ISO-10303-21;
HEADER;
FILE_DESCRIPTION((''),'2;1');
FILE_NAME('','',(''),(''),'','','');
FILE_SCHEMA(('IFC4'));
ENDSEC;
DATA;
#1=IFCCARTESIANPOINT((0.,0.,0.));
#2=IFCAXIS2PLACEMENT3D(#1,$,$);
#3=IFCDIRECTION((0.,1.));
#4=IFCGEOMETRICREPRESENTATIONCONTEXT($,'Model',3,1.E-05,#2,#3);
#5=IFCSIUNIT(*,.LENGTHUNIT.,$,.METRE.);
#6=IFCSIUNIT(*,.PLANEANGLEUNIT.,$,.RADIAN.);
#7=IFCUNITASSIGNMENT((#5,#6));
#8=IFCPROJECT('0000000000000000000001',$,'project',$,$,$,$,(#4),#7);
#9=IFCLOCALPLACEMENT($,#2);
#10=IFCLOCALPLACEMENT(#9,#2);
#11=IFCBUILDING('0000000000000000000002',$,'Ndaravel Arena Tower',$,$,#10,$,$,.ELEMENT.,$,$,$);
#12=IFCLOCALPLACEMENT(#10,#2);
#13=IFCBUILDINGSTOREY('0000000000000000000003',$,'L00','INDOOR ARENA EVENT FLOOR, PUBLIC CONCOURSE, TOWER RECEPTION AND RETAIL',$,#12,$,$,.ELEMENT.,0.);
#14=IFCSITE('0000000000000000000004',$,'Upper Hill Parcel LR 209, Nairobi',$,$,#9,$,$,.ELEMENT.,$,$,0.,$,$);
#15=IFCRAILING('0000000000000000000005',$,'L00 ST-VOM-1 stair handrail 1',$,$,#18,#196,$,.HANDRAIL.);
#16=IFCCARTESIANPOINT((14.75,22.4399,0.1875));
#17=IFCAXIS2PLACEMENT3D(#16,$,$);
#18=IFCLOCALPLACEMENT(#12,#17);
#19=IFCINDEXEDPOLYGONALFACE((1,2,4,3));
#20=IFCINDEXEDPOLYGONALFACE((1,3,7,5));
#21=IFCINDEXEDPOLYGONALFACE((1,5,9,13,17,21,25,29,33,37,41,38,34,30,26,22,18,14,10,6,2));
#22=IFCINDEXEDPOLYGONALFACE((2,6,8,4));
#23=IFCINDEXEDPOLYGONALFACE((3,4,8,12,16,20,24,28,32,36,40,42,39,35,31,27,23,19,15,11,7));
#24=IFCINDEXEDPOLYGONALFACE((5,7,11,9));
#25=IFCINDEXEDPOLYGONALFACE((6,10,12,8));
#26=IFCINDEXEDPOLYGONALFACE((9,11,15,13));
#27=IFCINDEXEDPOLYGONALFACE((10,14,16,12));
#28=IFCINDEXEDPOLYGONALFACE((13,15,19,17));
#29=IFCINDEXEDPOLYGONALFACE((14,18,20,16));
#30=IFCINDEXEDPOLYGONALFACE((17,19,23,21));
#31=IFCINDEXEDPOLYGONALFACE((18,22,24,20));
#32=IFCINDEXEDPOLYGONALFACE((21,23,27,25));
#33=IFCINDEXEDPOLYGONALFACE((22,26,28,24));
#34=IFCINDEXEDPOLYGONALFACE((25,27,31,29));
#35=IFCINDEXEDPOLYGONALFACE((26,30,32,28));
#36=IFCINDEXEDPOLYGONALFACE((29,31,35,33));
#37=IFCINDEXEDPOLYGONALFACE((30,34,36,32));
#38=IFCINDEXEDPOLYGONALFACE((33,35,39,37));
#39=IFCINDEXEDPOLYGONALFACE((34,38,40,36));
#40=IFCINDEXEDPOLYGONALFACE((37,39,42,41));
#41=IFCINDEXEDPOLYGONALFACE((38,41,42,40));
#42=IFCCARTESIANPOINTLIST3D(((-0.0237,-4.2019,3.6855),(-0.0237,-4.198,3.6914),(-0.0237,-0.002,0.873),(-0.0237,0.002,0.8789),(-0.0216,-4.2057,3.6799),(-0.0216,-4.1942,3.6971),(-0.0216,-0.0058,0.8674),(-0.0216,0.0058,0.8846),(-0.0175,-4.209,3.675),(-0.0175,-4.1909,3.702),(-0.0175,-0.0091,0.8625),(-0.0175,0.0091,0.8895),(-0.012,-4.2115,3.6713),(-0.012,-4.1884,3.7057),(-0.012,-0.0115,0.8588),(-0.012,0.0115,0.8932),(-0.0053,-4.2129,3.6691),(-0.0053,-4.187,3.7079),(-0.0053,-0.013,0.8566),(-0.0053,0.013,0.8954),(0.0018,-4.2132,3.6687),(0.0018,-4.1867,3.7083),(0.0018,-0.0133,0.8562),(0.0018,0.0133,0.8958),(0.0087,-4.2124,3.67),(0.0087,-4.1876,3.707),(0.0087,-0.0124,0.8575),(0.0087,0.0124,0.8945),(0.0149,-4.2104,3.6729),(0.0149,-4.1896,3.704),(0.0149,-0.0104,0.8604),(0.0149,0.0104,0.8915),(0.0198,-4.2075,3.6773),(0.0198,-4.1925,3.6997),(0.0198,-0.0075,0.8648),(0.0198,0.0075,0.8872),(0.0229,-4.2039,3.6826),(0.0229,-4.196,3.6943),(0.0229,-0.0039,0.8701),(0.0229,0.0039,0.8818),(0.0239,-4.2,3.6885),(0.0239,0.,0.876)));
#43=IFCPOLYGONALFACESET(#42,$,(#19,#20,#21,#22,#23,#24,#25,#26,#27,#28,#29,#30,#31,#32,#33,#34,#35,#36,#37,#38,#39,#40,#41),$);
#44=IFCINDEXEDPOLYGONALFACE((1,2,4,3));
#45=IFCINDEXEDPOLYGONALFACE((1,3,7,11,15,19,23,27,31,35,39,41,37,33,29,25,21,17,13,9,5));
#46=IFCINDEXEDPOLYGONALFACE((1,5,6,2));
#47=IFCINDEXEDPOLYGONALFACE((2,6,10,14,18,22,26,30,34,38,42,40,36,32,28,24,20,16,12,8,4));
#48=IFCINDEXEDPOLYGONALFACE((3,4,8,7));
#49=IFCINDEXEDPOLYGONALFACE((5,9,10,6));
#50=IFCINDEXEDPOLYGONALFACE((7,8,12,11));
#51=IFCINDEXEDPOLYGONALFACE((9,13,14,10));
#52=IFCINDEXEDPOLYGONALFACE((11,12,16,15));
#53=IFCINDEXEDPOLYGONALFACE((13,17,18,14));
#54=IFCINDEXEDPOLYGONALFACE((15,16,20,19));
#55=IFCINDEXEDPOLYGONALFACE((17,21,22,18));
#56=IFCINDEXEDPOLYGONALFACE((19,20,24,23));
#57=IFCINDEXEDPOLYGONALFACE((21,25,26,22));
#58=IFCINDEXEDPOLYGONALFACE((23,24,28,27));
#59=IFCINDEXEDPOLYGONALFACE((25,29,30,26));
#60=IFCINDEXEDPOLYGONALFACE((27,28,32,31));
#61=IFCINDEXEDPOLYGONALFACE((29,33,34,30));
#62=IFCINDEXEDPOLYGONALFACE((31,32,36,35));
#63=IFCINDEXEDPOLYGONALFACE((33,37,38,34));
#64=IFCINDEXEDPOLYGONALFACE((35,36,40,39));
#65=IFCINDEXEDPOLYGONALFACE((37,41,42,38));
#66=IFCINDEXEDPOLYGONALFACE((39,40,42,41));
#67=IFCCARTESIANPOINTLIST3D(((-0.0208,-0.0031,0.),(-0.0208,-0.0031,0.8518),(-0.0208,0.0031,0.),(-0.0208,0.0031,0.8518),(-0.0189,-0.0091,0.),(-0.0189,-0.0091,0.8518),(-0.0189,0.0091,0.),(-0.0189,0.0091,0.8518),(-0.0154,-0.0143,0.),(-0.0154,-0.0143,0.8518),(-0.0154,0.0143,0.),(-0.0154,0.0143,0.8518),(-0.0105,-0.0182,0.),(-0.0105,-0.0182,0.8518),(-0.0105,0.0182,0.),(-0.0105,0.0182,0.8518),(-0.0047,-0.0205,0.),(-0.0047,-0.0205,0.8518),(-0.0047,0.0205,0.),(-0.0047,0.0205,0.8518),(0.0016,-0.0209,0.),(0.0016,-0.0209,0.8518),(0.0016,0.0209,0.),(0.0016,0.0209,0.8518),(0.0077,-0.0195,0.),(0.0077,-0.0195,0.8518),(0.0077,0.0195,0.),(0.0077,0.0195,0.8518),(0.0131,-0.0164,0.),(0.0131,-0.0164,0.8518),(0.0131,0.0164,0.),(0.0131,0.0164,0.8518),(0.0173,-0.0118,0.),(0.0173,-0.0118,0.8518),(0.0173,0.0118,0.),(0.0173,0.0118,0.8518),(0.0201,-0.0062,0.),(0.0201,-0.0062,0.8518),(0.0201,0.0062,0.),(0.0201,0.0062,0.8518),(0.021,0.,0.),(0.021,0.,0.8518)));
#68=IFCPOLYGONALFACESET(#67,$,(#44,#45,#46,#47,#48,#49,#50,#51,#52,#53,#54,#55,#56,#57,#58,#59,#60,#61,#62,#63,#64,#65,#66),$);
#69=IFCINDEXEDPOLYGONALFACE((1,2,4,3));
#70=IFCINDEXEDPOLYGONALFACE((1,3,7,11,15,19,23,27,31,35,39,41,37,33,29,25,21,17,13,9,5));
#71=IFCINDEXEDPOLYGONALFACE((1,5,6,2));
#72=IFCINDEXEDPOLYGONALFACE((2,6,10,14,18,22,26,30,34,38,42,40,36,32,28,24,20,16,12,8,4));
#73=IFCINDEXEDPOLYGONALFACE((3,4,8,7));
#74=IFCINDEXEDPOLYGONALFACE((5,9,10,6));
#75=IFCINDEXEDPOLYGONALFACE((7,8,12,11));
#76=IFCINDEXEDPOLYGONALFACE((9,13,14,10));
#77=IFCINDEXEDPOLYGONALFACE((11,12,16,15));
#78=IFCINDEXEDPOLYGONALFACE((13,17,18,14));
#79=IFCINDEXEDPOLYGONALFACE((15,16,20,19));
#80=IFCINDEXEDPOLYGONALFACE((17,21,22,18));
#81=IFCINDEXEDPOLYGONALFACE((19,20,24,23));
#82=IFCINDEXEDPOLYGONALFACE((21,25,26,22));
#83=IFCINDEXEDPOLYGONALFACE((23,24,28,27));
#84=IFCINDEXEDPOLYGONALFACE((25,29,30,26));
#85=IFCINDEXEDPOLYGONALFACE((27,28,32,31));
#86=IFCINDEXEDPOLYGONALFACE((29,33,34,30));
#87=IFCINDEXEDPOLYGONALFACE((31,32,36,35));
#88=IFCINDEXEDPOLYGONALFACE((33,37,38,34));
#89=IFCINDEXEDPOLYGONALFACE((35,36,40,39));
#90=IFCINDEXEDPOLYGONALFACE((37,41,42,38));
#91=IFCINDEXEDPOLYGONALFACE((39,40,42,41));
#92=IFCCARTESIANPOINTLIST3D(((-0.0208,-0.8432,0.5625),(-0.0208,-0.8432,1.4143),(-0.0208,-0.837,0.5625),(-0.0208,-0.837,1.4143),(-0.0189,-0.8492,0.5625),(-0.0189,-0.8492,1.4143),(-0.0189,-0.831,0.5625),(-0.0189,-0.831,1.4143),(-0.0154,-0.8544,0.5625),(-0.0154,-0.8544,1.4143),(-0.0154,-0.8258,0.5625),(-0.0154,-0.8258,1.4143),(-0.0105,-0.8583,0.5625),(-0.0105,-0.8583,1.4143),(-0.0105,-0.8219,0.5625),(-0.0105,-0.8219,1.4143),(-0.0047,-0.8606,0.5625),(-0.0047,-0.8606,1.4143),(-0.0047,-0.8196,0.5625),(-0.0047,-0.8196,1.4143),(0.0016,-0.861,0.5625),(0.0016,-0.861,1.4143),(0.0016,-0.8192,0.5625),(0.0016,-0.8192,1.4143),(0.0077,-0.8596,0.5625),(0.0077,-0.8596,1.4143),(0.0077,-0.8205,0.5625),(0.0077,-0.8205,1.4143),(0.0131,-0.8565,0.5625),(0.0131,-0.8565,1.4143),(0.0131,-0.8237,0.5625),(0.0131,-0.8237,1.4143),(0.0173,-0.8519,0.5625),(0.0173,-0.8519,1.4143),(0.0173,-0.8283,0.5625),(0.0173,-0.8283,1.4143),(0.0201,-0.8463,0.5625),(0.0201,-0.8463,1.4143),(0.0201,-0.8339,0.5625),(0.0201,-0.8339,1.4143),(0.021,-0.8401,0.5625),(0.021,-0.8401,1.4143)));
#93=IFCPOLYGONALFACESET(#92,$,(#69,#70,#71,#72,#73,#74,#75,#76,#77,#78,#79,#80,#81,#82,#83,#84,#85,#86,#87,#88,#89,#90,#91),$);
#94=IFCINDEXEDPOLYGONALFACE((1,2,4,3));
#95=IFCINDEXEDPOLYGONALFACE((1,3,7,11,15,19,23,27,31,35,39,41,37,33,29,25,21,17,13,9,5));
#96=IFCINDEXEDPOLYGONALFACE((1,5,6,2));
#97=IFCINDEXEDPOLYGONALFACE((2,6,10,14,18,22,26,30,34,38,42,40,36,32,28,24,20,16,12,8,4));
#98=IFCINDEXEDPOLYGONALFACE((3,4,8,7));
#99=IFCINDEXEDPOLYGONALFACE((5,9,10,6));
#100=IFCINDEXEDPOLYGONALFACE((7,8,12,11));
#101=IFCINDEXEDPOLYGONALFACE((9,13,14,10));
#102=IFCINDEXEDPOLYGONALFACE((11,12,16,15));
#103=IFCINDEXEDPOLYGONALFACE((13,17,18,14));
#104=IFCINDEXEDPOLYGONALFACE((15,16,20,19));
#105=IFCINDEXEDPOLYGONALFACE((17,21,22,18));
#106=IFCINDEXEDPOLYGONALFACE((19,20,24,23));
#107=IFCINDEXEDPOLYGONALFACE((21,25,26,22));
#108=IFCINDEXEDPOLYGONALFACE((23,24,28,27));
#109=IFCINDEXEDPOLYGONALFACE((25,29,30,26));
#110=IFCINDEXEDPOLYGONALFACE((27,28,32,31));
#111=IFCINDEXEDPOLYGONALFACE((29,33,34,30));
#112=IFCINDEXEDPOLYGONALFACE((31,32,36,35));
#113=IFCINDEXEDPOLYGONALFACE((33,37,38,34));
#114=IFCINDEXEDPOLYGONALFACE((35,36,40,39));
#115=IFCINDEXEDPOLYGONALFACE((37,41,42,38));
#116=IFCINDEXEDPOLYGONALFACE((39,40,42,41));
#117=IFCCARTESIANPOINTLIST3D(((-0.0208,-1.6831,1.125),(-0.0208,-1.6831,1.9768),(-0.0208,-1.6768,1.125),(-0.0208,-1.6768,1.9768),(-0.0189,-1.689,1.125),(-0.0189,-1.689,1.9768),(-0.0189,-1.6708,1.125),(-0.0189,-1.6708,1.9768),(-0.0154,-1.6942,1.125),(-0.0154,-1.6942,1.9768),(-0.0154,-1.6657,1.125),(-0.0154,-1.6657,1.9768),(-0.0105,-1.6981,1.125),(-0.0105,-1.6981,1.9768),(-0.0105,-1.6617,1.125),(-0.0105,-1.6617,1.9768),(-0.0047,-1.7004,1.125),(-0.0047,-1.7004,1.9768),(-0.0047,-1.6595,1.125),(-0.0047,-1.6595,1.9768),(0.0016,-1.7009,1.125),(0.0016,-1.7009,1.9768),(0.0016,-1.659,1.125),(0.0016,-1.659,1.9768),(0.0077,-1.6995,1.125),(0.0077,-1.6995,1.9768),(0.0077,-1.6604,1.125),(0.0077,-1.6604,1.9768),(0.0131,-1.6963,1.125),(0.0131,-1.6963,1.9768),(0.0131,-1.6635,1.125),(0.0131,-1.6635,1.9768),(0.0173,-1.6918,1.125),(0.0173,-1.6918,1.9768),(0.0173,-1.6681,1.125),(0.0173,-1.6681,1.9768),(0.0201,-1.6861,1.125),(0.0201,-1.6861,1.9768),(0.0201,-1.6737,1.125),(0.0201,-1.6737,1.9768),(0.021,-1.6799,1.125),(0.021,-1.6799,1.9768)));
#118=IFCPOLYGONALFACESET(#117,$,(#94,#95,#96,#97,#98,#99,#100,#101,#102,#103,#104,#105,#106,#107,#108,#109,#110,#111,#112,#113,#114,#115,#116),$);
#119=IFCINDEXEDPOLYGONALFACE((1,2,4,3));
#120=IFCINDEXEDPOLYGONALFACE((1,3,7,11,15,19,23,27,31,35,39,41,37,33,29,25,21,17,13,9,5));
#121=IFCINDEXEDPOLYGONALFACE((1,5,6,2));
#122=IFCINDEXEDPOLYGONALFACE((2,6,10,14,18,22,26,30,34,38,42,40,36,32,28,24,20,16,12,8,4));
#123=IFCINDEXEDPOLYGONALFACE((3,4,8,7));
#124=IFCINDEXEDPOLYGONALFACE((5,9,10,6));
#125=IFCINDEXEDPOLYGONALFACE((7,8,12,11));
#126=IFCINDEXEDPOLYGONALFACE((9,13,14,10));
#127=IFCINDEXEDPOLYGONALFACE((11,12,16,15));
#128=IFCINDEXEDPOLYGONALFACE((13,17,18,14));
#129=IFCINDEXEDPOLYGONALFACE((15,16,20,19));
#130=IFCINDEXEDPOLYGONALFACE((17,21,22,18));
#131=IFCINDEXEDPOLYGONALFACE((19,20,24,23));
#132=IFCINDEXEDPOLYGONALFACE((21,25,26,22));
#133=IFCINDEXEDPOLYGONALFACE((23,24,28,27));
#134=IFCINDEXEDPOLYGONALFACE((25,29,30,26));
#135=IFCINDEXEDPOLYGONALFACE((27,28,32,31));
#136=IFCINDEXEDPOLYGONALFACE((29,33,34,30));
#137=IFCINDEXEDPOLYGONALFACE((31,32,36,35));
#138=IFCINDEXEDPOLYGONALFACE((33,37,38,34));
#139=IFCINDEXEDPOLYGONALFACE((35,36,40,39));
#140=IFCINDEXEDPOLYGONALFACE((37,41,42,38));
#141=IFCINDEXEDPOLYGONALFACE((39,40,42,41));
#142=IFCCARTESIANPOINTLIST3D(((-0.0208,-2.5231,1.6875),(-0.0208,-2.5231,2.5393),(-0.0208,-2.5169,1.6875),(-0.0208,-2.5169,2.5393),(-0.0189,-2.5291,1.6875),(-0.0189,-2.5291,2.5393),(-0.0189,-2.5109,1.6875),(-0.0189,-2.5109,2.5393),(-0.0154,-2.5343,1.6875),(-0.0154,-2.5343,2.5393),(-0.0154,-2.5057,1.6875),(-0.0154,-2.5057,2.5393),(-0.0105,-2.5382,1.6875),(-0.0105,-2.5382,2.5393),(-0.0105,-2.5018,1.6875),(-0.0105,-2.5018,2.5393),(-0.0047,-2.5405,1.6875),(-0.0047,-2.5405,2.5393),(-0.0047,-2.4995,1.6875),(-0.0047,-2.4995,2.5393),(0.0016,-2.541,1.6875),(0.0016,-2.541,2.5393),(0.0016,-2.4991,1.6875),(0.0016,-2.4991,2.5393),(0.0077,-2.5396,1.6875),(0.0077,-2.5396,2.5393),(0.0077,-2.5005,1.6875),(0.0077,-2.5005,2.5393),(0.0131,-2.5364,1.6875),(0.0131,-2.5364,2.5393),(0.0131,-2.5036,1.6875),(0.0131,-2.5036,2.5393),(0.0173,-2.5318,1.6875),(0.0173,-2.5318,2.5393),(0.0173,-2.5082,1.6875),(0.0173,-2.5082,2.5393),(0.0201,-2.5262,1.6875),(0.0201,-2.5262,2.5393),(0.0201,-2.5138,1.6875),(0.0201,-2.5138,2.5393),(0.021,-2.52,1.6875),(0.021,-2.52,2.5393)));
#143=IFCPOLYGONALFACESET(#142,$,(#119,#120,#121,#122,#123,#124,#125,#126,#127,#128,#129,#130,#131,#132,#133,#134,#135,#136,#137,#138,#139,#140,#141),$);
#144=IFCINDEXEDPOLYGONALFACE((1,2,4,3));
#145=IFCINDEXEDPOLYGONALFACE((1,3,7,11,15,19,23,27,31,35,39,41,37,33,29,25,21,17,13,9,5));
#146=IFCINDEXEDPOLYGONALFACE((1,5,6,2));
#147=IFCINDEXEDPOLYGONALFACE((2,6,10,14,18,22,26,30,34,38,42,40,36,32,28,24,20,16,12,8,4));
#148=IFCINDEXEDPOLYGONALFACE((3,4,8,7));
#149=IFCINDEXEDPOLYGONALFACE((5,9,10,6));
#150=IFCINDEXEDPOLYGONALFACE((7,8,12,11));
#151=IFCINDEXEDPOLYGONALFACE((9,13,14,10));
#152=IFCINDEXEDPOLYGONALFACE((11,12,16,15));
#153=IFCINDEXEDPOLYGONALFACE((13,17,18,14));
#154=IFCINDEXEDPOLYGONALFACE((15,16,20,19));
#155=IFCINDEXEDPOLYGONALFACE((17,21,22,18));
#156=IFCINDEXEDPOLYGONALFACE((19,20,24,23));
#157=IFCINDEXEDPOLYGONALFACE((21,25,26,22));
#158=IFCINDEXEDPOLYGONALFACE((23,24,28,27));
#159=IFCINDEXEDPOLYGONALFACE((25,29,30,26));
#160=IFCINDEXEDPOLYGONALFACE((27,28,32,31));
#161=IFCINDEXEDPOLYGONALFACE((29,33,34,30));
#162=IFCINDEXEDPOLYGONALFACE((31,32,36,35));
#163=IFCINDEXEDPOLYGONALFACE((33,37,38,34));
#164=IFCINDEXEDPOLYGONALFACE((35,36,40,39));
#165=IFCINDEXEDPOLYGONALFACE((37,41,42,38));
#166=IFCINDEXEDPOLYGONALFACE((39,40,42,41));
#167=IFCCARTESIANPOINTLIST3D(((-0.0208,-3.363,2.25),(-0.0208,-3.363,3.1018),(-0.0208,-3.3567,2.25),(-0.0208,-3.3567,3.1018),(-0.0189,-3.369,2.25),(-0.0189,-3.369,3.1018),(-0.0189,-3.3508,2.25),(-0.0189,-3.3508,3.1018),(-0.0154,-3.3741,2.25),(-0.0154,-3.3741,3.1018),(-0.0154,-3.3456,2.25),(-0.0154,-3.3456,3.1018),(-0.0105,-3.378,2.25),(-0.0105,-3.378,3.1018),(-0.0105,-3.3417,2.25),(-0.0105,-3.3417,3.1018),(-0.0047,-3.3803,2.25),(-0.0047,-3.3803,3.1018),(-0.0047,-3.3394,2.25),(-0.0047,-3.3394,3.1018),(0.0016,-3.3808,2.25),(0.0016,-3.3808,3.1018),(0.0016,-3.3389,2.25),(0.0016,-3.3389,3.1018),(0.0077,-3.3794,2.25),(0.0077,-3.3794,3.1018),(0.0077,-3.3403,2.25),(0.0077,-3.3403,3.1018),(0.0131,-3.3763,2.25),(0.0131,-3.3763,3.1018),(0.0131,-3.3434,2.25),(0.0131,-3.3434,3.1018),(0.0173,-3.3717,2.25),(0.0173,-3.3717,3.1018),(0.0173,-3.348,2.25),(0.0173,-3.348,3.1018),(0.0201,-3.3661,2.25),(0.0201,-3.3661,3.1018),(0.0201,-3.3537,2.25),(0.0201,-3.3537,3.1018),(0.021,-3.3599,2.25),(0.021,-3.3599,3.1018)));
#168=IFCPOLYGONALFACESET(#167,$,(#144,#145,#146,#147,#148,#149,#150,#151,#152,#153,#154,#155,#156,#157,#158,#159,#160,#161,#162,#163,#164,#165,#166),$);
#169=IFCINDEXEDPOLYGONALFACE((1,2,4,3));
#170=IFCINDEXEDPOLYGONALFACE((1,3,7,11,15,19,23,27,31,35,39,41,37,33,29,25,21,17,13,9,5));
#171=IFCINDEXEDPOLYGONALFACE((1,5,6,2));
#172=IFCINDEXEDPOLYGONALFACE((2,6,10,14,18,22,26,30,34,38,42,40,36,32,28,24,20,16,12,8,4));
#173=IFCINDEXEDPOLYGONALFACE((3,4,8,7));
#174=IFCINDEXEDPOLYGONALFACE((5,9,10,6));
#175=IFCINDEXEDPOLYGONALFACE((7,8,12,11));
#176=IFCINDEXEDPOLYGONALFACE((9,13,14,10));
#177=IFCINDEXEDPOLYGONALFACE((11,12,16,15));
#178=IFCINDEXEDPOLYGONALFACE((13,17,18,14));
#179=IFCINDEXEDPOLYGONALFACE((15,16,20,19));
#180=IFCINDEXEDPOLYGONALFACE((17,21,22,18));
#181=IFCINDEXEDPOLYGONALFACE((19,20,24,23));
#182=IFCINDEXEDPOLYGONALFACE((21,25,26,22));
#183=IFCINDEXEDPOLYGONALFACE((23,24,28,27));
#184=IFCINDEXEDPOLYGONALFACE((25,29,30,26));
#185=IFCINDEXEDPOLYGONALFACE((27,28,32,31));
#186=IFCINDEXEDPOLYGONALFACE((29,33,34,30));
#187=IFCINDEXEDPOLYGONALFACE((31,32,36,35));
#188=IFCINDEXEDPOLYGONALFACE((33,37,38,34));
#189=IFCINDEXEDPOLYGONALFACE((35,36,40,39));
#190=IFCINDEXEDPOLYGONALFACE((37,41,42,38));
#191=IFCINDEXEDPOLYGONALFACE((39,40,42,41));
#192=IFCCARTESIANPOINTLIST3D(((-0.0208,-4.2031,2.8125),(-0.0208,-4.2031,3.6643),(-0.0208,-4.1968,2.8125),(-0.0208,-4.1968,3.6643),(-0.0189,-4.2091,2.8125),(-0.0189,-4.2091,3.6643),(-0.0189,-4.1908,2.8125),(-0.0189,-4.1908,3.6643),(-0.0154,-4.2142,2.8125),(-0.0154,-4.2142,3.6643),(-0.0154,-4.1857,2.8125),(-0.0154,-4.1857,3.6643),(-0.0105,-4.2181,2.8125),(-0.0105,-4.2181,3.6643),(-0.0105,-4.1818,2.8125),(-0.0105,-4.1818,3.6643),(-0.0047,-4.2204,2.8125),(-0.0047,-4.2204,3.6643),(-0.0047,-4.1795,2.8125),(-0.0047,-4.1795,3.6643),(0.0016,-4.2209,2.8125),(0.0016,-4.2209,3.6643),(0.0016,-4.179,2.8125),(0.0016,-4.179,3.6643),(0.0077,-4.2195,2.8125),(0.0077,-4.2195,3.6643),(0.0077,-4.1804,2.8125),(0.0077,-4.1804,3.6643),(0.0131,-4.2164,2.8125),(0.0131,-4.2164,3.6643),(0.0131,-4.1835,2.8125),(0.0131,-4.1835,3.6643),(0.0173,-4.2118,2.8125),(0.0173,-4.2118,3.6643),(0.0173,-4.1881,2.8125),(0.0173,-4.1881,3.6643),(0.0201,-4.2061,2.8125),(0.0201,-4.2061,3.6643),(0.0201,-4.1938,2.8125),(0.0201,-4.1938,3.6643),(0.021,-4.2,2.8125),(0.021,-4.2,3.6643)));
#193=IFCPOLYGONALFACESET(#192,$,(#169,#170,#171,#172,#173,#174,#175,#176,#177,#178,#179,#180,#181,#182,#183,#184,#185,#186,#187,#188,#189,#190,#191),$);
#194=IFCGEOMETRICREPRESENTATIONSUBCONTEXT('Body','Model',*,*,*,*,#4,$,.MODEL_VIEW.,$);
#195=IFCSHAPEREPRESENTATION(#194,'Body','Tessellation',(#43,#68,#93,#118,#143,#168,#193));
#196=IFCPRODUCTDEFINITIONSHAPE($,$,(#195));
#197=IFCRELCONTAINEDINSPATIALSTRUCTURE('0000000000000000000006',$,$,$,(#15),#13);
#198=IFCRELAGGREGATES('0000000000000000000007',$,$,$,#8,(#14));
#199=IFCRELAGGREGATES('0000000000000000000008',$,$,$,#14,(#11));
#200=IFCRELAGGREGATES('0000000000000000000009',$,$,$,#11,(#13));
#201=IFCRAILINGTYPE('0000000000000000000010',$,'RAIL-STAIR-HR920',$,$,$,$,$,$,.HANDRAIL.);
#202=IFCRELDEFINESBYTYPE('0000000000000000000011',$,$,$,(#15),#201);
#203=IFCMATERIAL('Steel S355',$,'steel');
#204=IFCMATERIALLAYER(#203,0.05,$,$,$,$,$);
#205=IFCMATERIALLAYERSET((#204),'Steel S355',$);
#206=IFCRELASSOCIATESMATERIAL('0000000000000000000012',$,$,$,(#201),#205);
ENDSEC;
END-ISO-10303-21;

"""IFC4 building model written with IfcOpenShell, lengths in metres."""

from ifc_helpers import new_model, si_unit, direction, frame, origin, origin_2d, place, context, subcontext, project, spatial, circle, extrude, material, layer, layer_set, type_object, element, save


model = new_model("IFC4")

# Units and contexts
model_context = context("Model", 3, precision=1e-05, world=origin(), true_north=direction((0.0, 1.0)))
body_context = subcontext(model_context, "Body", "Model", "MODEL_VIEW")
ifc_project = project(units=[si_unit("LENGTHUNIT", "METRE"), si_unit("PLANEANGLEUNIT", "RADIAN")], contexts=[model_context])

# Site, building, storey
site_placement = place(None, origin())
site = spatial("IfcSite", under=ifc_project, at=site_placement, Name="Upper Hill Parcel LR 209, Nairobi", CompositionType="ELEMENT", RefElevation=0.0)
building_placement = place(site_placement, origin())
building = spatial("IfcBuilding", under=site, at=building_placement, Name="Ndaravel Arena Tower", CompositionType="ELEMENT")
storey_placement = place(building_placement, origin())
storey = spatial("IfcBuildingStorey", under=building, at=storey_placement, Name="L00", Description="INDOOR ARENA EVENT FLOOR, PUBLIC CONCOURSE, TOWER RECEPTION AND RETAIL", CompositionType="ELEMENT", Elevation=0.0)

# Railing
ifc_material_1 = material(Name="Steel S355", Category="steel")
ifc_layer_1 = layer(ifc_material_1, 0.05)
ifc_layer_set_1 = layer_set([ifc_layer_1], Name="Steel S355")
railing_type_1 = type_object("IfcRailingType", Name="RAIL-STAIR-HR920", PredefinedType="HANDRAIL", material=ifc_layer_set_1)
railing_1_placement = place(storey_placement, frame((14.75, 22.4399, 0.1875)))
element("IfcRailing", 1, at=railing_1_placement, inside=storey, type_object=railing_type_1, Name="L00 ST-VOM-1 stair handrail 1", PredefinedType="HANDRAIL", context=body_context, shape_type="SweptSolid", body=[
    extrude(circle(Radius=0.0239, at=origin_2d()), frame((0.0, 0.0, 0.876), z_axis=(0.0, -0.830904, 0.556416), x_axis=(1.0, 0.0, 0.0)), (0.0, 0.0, 1.0), 5.0547),
    extrude(circle(Radius=0.021, at=origin_2d()), origin(), (0.0, 0.0, 1.0), 0.8518),
    extrude(circle(Radius=0.021, at=origin_2d()), frame((0.0, -0.8401, 0.5625)), (0.0, 0.0, 1.0), 0.8518),
    extrude(circle(Radius=0.021, at=origin_2d()), frame((0.0, -1.6799, 1.125)), (0.0, 0.0, 1.0), 0.8518),
    extrude(circle(Radius=0.021, at=origin_2d()), frame((0.0, -2.52, 1.6875)), (0.0, 0.0, 1.0), 0.8518),
    extrude(circle(Radius=0.021, at=origin_2d()), frame((0.0, -3.3599, 2.25)), (0.0, 0.0, 1.0), 0.8518),
    extrude(circle(Radius=0.021, at=origin_2d()), frame((0.0, -4.2, 2.8125)), (0.0, 0.0, 1.0), 0.8518),
])

save(model, "model.ifc")
